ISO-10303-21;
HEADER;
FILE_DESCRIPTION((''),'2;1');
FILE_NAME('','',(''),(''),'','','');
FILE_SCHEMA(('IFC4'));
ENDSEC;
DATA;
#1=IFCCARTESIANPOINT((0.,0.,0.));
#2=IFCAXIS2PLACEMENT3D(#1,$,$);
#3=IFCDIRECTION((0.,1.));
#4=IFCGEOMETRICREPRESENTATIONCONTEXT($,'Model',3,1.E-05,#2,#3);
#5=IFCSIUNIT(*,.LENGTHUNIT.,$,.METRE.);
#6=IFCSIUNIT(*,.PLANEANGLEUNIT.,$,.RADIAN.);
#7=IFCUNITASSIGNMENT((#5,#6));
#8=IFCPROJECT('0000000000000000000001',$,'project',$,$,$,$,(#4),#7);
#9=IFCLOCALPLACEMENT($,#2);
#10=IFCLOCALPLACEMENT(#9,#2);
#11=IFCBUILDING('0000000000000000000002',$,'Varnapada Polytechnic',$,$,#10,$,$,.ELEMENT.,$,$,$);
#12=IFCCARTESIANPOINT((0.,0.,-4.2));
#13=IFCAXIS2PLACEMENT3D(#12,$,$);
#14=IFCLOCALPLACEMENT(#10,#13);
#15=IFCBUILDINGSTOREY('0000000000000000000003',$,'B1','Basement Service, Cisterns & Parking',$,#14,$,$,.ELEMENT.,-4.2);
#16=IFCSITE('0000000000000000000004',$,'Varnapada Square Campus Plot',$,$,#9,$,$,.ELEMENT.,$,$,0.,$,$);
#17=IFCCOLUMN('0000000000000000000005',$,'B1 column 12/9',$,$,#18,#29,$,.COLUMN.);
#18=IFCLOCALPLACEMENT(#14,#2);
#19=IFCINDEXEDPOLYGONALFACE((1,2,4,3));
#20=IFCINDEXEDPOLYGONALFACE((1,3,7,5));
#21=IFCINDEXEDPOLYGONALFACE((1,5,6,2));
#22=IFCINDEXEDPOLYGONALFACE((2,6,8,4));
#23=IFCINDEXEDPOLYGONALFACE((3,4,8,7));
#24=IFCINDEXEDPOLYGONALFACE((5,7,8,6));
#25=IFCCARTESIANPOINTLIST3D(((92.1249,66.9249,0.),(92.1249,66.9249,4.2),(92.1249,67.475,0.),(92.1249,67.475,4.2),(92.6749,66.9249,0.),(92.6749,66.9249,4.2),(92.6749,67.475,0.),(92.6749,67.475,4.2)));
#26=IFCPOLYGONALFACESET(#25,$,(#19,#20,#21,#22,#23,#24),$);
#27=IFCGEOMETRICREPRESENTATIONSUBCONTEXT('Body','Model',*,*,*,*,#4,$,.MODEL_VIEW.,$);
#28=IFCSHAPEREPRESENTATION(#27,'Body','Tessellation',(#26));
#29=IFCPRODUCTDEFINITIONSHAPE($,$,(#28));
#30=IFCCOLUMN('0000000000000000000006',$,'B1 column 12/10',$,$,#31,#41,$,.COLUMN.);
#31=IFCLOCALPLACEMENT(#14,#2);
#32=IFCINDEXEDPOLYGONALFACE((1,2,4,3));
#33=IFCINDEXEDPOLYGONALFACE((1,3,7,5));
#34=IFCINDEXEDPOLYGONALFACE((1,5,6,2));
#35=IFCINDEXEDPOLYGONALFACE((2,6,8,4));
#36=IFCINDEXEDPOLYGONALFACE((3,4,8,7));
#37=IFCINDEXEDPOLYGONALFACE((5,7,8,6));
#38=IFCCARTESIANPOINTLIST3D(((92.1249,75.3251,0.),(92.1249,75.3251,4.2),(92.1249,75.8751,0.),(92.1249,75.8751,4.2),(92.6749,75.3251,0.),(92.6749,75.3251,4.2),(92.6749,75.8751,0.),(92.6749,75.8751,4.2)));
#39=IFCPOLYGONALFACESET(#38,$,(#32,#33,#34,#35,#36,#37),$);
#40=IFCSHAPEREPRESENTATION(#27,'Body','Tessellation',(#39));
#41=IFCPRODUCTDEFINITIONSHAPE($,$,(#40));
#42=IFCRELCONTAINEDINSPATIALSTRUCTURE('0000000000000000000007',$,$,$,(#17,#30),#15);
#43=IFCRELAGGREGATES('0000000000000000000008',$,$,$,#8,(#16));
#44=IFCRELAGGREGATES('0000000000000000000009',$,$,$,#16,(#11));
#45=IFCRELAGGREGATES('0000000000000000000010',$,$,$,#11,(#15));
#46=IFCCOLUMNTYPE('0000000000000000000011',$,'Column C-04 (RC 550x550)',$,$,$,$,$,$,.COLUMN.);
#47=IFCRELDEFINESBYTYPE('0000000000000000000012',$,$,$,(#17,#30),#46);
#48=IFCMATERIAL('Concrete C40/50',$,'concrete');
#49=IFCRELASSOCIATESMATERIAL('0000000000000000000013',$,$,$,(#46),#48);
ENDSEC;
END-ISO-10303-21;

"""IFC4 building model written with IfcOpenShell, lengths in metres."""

from ifc_helpers import new_model, si_unit, direction, frame, origin, origin_2d, place, context, subcontext, project, spatial, rectangle, extrude, material, material_profile, profile_set, type_object, element, save


model = new_model("IFC4")

# Units and contexts
model_context = context("Model", 3, precision=1e-05, world=origin(), true_north=direction((0.0, 1.0)))
body_context = subcontext(model_context, "Body", "Model", "MODEL_VIEW")
ifc_project = project(units=[si_unit("LENGTHUNIT", "METRE"), si_unit("PLANEANGLEUNIT", "RADIAN")], contexts=[model_context])

# Site, building, storey
site_placement = place(None, origin())
site = spatial("IfcSite", under=ifc_project, at=site_placement, Name="Varnapada Square Campus Plot", CompositionType="ELEMENT", RefElevation=0.0)
building_placement = place(site_placement, origin())
building = spatial("IfcBuilding", under=site, at=building_placement, Name="Varnapada Polytechnic", CompositionType="ELEMENT")
storey_placement = place(building_placement, frame((0.0, 0.0, -4.2)))
storey = spatial("IfcBuildingStorey", under=building, at=storey_placement, Name="B1", Description="Basement Service, Cisterns & Parking", CompositionType="ELEMENT", Elevation=-4.2)

# Shared definitions
ifc_material = material(Name="Concrete C40/50", Category="concrete")

# Columns
ifc_material_profile_1 = material_profile(ifc_material, rectangle(XDim=0.55, YDim=0.55, at=origin_2d()), Name="RC 550x550")
ifc_profile_set_1 = profile_set([ifc_material_profile_1], Name="Concrete C40/50")
column_type_1 = type_object("IfcColumnType", Name="Column C-04 (RC 550x550)", PredefinedType="COLUMN", material=ifc_profile_set_1)
for number, where, z_axis, x_axis, name in (
    (1, (92.3999, 67.2, 0.0), (0.0, 0.0, 1.0), (1.0, 0.0, 0.0), "B1 column 12/9"),
    (2, (92.3999, 75.6001, 0.0), (0.0, 0.0, 1.0), (1.0, 0.0, 0.0), "B1 column 12/10"),
):
    element("IfcColumn", number, at=place(storey_placement, frame(where, z_axis=z_axis, x_axis=x_axis)), inside=storey, type_object=column_type_1, Name=name, PredefinedType="COLUMN", context=body_context, shape_type="SweptSolid", body=[
        extrude(rectangle(XDim=0.55, YDim=0.55, at=origin_2d()), origin(), (0.0, 0.0, 1.0), 4.2),
    ])

save(model, "model.ifc")
